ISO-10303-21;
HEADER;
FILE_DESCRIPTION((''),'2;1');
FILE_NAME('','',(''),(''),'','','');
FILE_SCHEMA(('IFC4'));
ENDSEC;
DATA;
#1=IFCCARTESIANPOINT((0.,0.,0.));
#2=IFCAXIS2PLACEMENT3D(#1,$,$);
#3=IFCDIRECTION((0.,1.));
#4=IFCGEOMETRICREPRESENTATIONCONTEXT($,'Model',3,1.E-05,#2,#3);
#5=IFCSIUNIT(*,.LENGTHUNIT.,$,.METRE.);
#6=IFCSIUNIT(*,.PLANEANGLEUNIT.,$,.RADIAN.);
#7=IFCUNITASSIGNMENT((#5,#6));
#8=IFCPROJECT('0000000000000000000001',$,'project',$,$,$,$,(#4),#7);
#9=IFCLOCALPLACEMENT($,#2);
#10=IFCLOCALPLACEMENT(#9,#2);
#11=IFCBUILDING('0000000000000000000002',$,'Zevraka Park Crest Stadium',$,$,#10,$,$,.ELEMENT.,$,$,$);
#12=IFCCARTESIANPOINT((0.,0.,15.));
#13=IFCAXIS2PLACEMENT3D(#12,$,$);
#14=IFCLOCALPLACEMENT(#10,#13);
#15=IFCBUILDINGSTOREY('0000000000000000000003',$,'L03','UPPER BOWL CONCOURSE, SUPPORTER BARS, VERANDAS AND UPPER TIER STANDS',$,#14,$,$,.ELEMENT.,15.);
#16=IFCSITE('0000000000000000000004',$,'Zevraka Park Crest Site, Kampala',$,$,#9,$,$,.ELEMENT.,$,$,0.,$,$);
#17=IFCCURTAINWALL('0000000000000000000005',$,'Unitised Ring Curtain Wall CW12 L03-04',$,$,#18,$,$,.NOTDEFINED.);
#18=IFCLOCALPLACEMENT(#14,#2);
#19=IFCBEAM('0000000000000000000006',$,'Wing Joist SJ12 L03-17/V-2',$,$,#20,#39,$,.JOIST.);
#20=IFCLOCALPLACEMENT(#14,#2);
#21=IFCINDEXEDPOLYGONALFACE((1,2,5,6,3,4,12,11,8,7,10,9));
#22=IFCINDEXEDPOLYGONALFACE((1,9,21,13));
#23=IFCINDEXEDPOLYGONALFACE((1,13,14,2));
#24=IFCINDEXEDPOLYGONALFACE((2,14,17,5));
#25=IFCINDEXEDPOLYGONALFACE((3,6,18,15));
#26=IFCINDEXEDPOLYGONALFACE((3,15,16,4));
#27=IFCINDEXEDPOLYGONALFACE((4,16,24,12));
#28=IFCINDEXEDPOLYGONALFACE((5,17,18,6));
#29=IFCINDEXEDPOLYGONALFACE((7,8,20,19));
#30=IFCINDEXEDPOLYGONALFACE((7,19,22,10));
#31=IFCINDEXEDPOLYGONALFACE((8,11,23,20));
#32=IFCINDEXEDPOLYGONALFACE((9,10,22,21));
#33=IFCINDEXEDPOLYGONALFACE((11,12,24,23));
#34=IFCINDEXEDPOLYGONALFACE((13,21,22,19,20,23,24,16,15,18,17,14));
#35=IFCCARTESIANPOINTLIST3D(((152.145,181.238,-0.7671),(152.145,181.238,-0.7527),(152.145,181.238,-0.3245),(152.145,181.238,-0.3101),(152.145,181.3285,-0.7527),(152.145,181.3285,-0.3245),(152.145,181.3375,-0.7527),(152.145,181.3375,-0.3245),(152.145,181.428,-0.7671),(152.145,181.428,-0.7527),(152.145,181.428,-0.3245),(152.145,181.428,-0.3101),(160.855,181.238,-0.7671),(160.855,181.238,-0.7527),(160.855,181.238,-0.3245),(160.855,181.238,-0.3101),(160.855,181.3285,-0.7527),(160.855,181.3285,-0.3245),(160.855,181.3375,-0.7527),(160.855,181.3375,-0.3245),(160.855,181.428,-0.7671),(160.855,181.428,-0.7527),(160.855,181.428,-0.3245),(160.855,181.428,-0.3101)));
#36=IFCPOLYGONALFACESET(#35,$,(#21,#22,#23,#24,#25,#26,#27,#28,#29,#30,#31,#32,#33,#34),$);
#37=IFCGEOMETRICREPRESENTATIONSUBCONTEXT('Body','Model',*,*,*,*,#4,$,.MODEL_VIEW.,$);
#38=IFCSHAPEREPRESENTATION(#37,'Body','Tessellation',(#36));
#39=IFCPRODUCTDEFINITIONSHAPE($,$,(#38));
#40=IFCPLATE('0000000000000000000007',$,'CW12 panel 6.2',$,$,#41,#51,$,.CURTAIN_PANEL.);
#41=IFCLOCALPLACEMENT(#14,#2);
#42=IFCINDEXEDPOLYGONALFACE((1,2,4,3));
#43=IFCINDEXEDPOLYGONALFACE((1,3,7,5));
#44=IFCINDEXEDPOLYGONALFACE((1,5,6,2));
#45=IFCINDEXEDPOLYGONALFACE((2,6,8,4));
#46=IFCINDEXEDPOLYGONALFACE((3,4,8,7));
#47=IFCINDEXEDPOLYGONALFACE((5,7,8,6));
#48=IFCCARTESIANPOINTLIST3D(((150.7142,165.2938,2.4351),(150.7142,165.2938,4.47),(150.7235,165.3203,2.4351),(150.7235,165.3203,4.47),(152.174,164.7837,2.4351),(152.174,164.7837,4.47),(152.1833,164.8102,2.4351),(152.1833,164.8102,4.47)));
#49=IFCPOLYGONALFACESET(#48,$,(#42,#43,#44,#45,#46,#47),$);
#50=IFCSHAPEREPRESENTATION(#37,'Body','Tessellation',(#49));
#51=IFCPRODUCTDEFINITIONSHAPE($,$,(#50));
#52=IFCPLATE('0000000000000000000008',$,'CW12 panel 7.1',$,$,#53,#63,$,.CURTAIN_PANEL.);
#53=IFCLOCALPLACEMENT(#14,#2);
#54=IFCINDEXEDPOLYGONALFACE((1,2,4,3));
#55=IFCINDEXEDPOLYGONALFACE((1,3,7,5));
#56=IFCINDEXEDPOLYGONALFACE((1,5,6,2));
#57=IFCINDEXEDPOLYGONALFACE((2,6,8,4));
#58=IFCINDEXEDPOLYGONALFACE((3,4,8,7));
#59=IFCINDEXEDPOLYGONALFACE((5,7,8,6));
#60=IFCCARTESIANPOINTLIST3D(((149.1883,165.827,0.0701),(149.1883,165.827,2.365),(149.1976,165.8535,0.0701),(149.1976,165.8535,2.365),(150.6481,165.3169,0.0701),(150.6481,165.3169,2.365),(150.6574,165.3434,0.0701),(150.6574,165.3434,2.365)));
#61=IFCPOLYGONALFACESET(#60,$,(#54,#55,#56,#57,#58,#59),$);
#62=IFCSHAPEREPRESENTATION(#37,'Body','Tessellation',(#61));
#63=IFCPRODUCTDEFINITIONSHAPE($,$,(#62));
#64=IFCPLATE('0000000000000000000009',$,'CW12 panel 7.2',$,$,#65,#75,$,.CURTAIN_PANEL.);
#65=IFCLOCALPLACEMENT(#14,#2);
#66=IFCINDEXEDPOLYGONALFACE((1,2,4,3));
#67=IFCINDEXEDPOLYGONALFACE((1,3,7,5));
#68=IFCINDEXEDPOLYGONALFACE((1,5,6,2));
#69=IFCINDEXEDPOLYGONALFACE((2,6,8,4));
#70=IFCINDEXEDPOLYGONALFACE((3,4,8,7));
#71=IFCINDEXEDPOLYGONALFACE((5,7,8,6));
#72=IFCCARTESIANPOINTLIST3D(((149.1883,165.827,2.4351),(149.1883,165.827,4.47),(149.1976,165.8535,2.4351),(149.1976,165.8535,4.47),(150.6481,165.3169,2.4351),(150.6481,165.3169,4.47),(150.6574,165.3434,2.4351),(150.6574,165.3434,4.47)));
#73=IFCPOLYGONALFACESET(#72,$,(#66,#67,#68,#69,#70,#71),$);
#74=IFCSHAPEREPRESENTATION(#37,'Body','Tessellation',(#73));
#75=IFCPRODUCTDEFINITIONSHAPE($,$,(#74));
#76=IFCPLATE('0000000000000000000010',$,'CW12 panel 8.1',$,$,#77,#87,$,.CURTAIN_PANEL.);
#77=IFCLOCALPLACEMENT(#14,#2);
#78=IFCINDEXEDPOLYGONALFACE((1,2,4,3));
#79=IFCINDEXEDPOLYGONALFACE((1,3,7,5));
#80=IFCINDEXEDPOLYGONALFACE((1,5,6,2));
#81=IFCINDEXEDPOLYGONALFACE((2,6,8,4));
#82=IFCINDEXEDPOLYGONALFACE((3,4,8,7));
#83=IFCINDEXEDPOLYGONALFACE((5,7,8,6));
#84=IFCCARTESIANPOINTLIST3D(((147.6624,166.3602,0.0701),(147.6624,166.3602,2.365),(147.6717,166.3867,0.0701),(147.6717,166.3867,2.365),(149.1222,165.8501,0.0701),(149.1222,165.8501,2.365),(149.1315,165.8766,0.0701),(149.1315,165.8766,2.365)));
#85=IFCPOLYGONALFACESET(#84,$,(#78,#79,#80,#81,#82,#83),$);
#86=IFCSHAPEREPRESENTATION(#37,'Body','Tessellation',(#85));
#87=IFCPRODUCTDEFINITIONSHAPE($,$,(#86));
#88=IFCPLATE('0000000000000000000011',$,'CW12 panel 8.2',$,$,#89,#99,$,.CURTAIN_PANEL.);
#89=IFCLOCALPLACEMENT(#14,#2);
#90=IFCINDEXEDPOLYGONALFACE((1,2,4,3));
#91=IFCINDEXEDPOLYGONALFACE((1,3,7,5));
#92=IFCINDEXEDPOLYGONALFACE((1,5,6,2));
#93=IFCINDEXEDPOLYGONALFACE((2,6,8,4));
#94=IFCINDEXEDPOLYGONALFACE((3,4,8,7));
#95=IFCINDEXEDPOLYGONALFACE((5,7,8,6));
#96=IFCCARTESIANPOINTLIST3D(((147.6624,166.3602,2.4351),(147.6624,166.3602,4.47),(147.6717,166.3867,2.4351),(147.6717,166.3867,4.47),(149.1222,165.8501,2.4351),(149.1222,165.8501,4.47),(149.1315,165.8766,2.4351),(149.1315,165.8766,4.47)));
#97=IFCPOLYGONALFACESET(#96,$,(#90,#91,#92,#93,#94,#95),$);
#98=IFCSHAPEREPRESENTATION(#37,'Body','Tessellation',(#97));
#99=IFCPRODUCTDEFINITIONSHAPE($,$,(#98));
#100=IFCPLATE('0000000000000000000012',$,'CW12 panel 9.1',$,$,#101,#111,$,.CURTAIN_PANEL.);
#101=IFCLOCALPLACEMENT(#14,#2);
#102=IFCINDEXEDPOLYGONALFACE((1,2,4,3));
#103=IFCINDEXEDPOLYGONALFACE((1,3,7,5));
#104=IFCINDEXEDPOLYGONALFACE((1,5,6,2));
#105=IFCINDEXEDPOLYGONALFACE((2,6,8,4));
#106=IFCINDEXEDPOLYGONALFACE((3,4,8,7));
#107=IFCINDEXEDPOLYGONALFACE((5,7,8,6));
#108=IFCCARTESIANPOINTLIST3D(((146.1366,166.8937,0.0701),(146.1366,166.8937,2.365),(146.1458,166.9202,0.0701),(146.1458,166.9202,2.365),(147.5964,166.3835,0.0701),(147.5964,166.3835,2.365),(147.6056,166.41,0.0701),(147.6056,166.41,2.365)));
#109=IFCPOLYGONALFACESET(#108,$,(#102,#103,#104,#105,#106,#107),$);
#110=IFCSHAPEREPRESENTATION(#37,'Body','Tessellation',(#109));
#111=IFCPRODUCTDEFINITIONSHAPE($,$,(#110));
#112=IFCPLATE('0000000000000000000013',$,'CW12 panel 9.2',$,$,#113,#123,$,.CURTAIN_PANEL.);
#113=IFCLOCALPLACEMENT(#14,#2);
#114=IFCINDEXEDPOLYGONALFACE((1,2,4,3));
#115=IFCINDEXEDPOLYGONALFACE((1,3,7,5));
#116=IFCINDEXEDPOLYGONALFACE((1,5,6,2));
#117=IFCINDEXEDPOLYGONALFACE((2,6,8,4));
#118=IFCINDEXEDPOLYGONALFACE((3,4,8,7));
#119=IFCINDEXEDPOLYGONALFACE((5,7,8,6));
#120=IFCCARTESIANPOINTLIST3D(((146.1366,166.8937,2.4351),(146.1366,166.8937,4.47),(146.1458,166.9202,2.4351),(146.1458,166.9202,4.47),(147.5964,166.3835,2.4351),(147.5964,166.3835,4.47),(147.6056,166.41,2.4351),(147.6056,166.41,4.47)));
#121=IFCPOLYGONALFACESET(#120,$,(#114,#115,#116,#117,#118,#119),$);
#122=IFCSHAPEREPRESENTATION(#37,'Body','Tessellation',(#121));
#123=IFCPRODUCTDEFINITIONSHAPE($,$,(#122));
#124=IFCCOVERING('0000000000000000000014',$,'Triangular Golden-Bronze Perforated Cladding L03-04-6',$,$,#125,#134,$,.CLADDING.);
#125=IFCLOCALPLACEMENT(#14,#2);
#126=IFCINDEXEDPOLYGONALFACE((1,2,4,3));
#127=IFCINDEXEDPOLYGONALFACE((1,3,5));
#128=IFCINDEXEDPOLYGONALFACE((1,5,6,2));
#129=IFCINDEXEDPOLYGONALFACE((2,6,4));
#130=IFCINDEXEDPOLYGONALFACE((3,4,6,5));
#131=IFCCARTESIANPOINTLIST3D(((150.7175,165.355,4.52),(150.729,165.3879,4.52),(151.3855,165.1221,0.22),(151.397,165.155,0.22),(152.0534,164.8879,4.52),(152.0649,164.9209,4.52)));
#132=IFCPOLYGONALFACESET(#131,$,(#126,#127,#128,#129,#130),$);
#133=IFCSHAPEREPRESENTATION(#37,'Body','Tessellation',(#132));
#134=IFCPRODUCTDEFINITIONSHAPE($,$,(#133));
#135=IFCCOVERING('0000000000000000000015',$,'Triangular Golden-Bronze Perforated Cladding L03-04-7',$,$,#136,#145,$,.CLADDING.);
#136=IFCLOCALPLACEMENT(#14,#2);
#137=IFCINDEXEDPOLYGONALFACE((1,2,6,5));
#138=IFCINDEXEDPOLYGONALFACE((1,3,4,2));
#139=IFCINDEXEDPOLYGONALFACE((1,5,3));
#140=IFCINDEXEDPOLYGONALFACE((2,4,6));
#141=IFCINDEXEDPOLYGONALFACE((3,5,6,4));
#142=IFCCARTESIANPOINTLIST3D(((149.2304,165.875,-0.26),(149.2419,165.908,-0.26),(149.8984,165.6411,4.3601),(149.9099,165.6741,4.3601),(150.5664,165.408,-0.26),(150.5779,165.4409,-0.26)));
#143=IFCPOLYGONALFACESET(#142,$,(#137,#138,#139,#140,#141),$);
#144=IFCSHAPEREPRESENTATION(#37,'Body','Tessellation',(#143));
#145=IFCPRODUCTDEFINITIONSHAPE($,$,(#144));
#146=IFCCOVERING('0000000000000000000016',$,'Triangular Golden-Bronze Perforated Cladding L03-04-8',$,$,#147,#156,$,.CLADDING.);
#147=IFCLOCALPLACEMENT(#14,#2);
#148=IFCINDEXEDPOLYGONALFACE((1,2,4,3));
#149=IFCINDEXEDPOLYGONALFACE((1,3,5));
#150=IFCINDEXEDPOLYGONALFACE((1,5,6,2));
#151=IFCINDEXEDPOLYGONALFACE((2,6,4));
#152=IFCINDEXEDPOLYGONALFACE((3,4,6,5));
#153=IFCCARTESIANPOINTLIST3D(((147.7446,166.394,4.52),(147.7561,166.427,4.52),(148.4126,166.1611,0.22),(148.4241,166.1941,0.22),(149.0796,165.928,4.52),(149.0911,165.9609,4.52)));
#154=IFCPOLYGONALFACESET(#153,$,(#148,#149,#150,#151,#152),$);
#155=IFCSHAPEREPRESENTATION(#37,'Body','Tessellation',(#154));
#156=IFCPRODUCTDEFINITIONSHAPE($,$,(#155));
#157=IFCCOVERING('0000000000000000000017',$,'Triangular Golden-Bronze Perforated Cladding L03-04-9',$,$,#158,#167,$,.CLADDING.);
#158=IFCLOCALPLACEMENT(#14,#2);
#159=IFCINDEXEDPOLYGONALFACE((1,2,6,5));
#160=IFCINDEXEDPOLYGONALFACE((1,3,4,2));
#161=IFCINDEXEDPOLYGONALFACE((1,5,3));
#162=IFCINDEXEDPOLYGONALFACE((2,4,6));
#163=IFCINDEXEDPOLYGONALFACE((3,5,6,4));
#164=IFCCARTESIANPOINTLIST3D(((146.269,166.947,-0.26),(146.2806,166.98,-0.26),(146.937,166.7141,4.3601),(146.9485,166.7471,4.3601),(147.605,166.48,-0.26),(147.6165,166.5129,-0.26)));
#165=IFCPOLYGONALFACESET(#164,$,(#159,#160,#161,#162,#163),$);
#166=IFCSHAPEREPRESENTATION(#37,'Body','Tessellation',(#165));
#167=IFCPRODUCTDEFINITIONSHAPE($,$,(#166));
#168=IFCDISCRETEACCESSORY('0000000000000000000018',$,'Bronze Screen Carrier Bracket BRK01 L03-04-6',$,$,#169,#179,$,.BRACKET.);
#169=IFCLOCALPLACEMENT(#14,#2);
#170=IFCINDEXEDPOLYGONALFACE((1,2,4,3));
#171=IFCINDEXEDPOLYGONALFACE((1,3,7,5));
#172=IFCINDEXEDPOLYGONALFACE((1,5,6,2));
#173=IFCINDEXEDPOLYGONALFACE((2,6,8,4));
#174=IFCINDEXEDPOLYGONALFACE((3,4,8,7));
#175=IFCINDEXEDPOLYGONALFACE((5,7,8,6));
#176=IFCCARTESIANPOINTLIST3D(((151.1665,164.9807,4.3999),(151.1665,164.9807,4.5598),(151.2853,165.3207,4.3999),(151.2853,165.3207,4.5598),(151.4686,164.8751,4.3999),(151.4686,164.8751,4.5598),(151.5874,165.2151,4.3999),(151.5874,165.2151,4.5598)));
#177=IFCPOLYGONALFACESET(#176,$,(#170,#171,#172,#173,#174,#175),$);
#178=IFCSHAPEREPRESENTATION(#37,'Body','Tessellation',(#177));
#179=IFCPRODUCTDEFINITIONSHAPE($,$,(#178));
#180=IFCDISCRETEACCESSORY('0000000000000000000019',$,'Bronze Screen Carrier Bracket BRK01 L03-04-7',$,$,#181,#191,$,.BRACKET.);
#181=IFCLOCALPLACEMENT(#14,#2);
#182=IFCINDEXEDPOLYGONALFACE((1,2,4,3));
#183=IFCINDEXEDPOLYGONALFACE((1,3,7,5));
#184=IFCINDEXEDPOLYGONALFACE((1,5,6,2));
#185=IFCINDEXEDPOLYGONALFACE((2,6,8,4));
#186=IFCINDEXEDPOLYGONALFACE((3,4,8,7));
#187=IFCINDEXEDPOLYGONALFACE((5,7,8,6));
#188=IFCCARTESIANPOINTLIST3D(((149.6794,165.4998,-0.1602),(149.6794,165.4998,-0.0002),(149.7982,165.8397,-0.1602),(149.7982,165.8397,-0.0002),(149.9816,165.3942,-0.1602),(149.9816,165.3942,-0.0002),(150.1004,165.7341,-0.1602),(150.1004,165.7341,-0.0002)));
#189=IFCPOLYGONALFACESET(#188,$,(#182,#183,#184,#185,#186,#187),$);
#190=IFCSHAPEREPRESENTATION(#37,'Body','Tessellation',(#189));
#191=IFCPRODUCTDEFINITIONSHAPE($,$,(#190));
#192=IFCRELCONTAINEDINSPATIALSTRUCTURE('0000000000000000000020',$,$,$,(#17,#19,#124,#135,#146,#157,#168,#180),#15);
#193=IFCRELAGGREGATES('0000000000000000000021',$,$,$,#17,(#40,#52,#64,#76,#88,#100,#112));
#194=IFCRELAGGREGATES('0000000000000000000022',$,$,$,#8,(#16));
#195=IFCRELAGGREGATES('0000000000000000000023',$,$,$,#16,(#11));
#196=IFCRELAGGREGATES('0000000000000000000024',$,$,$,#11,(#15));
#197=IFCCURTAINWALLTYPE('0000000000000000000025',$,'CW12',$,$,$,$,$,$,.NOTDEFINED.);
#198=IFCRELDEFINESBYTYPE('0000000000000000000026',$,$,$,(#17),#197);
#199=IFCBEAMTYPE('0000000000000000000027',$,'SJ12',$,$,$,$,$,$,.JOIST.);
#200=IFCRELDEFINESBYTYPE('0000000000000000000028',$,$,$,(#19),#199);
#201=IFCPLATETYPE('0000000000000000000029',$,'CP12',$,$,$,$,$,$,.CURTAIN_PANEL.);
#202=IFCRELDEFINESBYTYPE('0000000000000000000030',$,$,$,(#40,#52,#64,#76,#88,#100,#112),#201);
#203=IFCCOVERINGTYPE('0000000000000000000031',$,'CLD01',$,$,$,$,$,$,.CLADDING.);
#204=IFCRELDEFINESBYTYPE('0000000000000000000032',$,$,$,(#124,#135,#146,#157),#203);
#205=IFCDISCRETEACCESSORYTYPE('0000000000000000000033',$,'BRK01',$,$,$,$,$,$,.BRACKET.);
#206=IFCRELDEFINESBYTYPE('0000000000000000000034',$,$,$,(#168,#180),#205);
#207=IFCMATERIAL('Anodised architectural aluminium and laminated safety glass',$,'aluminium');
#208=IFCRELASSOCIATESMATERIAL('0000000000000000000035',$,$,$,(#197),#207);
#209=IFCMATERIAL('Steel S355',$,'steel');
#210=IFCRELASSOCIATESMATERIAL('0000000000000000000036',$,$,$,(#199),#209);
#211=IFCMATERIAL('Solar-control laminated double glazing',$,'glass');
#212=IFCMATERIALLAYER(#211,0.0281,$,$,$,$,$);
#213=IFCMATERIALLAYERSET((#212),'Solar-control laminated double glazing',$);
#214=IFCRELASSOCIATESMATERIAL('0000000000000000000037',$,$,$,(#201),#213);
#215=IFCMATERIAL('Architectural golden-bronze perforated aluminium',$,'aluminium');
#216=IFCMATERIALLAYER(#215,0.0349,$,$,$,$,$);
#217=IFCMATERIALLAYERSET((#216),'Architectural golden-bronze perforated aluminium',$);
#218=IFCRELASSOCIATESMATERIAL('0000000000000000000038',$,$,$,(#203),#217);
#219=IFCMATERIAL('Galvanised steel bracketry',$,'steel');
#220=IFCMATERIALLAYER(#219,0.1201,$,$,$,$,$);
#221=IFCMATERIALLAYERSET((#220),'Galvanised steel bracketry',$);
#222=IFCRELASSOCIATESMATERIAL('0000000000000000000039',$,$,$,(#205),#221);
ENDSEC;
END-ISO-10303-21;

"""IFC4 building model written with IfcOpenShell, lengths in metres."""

from ifc_helpers import new_model, si_unit, direction, frame, origin, origin_2d, place, context, subcontext, project, spatial, polyline, rectangle, i_section, outline, extrude, material, layer, layer_set, material_profile, profile_set, type_object, element, aggregate, save


model = new_model("IFC4")

# Units and contexts
model_context = context("Model", 3, precision=1e-05, world=origin(), true_north=direction((0.0, 1.0)))
body_context = subcontext(model_context, "Body", "Model", "MODEL_VIEW")
ifc_project = project(units=[si_unit("LENGTHUNIT", "METRE"), si_unit("PLANEANGLEUNIT", "RADIAN")], contexts=[model_context])

# Site, building, storey
site_placement = place(None, origin())
site = spatial("IfcSite", under=ifc_project, at=site_placement, Name="Zevraka Park Crest Site, Kampala", CompositionType="ELEMENT", RefElevation=0.0)
building_placement = place(site_placement, origin())
building = spatial("IfcBuilding", under=site, at=building_placement, Name="Zevraka Park Crest Stadium", CompositionType="ELEMENT")
storey_placement = place(building_placement, frame((0.0, 0.0, 15.0)))
storey = spatial("IfcBuildingStorey", under=building, at=storey_placement, Name="L03", Description="UPPER BOWL CONCOURSE, SUPPORTER BARS, VERANDAS AND UPPER TIER STANDS", CompositionType="ELEMENT", Elevation=15.0)

# Curtain wall
ifc_material_1 = material(Name="Anodised architectural aluminium and laminated safety glass", Category="aluminium")
curtain_wall_type = type_object("IfcCurtainWallType", Name="CW12", PredefinedType="NOTDEFINED", material=ifc_material_1)
curtain_wall_placement = place(storey_placement, origin())
curtain_wall = element("IfcCurtainWall", 1, at=curtain_wall_placement, inside=storey, type_object=curtain_wall_type, Name="Unitised Ring Curtain Wall CW12 L03-04", PredefinedType="NOTDEFINED")

# Beam
ifc_material_2 = material(Name="Steel S355", Category="steel")
ifc_material_profile_1 = material_profile(ifc_material_2, i_section(OverallWidth=0.1899, OverallDepth=0.457, WebThickness=0.009, FlangeThickness=0.0144, at=origin_2d()), Name="UKB 457x191x74")
ifc_profile_set_1 = profile_set([ifc_material_profile_1], Name="Steel S355")
beam_type_1 = type_object("IfcBeamType", Name="SJ12", PredefinedType="JOIST", material=ifc_profile_set_1)
for number, where, z_axis, x_axis, name in (
    (2, (152.145, 181.333, -0.5386), (1.0, 0.0, 0.0), (0.0, 1.0, 0.0), "Wing Joist SJ12 L03-17/V-2"),
):
    element("IfcBeam", number, at=place(storey_placement, frame(where, z_axis=z_axis, x_axis=x_axis)), inside=storey, type_object=beam_type_1, Name=name, PredefinedType="JOIST", context=body_context, shape_type="SweptSolid", body=[
        extrude(i_section(OverallWidth=0.1899, OverallDepth=0.457, WebThickness=0.009, FlangeThickness=0.0144, at=origin_2d()), origin(), (0.0, 0.0, 1.0), 8.71),
    ])

# Plates
ifc_material_3 = material(Name="Solar-control laminated double glazing", Category="glass")
ifc_layer_1 = layer(ifc_material_3, 0.0281)
ifc_layer_set_1 = layer_set([ifc_layer_1], Name="Solar-control laminated double glazing")
plate_type = type_object("IfcPlateType", Name="CP12", PredefinedType="CURTAIN_PANEL", material=ifc_layer_set_1)
plate_1_placement = place(storey_placement, frame((151.4487, 165.052, 2.4351), z_axis=(0.0, 0.0, 1.0), x_axis=(-0.94401, 0.329917, 0.0)))
plate_1 = element("IfcPlate", 3, at=plate_1_placement, type_object=plate_type, Name="CW12 panel 6.2", PredefinedType="CURTAIN_PANEL", context=body_context, shape_type="SweptSolid", body=[
    extrude(rectangle(XDim=1.5464, YDim=0.0281, at=origin_2d()), origin(), (0.0, 0.0, 1.0), 2.0349),
])
plate_2_placement = place(storey_placement, frame((149.9229, 165.5852, 0.0701), z_axis=(0.0, 0.0, 1.0), x_axis=(-0.94401, 0.329917, 0.0)))
plate_2 = element("IfcPlate", 4, at=plate_2_placement, type_object=plate_type, Name="CW12 panel 7.1", PredefinedType="CURTAIN_PANEL", context=body_context, shape_type="SweptSolid", body=[
    extrude(rectangle(XDim=1.5464, YDim=0.0281, at=origin_2d()), origin(), (0.0, 0.0, 1.0), 2.2949),
])
plate_3_placement = place(storey_placement, frame((149.9229, 165.5852, 2.4351), z_axis=(0.0, 0.0, 1.0), x_axis=(-0.94401, 0.329917, 0.0)))
plate_3 = element("IfcPlate", 5, at=plate_3_placement, type_object=plate_type, Name="CW12 panel 7.2", PredefinedType="CURTAIN_PANEL", context=body_context, shape_type="SweptSolid", body=[
    extrude(rectangle(XDim=1.5464, YDim=0.0281, at=origin_2d()), origin(), (0.0, 0.0, 1.0), 2.0349),
])
plate_4_placement = place(storey_placement, frame((148.397, 166.1184, 0.0701), z_axis=(0.0, 0.0, 1.0), x_axis=(-0.94401, 0.329917, 0.0)))
plate_4 = element("IfcPlate", 6, at=plate_4_placement, type_object=plate_type, Name="CW12 panel 8.1", PredefinedType="CURTAIN_PANEL", context=body_context, shape_type="SweptSolid", body=[
    extrude(rectangle(XDim=1.5464, YDim=0.0281, at=origin_2d()), origin(), (0.0, 0.0, 1.0), 2.2949),
])
plate_5_placement = place(storey_placement, frame((148.397, 166.1184, 2.4351), z_axis=(0.0, 0.0, 1.0), x_axis=(-0.94401, 0.329917, 0.0)))
plate_5 = element("IfcPlate", 7, at=plate_5_placement, type_object=plate_type, Name="CW12 panel 8.2", PredefinedType="CURTAIN_PANEL", context=body_context, shape_type="SweptSolid", body=[
    extrude(rectangle(XDim=1.5464, YDim=0.0281, at=origin_2d()), origin(), (0.0, 0.0, 1.0), 2.0349),
])
plate_6_placement = place(storey_placement, frame((146.8711, 166.6519, 0.0701), z_axis=(0.0, 0.0, 1.0), x_axis=(-0.94401, 0.329917, 0.0)))
plate_6 = element("IfcPlate", 8, at=plate_6_placement, type_object=plate_type, Name="CW12 panel 9.1", PredefinedType="CURTAIN_PANEL", context=body_context, shape_type="SweptSolid", body=[
    extrude(rectangle(XDim=1.5464, YDim=0.0281, at=origin_2d()), origin(), (0.0, 0.0, 1.0), 2.2949),
])
plate_7_placement = place(storey_placement, frame((146.8711, 166.6519, 2.4351), z_axis=(0.0, 0.0, 1.0), x_axis=(-0.94401, 0.329917, 0.0)))
plate_7 = element("IfcPlate", 9, at=plate_7_placement, type_object=plate_type, Name="CW12 panel 9.2", PredefinedType="CURTAIN_PANEL", context=body_context, shape_type="SweptSolid", body=[
    extrude(rectangle(XDim=1.5464, YDim=0.0281, at=origin_2d()), origin(), (0.0, 0.0, 1.0), 2.0349),
])
aggregate(curtain_wall, [plate_1, plate_2, plate_3, plate_4, plate_5, plate_6, plate_7])

# Coverings
ifc_material_4 = material(Name="Architectural golden-bronze perforated aluminium", Category="aluminium")
ifc_layer_2 = layer(ifc_material_4, 0.0349)
ifc_layer_set_2 = layer_set([ifc_layer_2], Name="Architectural golden-bronze perforated aluminium")
covering_type = type_object("IfcCoveringType", Name="CLD01", PredefinedType="CLADDING", material=ifc_layer_set_2)
covering_1_placement = place(storey_placement, frame((150.729, 165.3879, 4.52), z_axis=(0.330012, 0.943977, 0.000134), x_axis=(0.943977, -0.330012, 0.0)))
element("IfcCovering", 10, at=covering_1_placement, inside=storey, type_object=covering_type, Name="Triangular Golden-Bronze Perforated Cladding L03-04-6", PredefinedType="CLADDING", context=body_context, shape_type="SweptSolid", body=[
    extrude(outline(polyline([(0.0, 0.0), (1.4152, 0.0), (0.7074, 4.3), (0.0, 0.0)])), origin(), (0.0, 0.0, -1.0), 0.0349),
])
covering_2_placement = place(storey_placement, frame((150.5779, 165.4409, -0.26), z_axis=(0.330012, 0.943977, 0.000075), x_axis=(-0.943977, 0.330012, 0.0)))
element("IfcCovering", 11, at=covering_2_placement, inside=storey, type_object=covering_type, Name="Triangular Golden-Bronze Perforated Cladding L03-04-7", PredefinedType="CLADDING", context=body_context, shape_type="SweptSolid", body=[
    extrude(outline(polyline([(0.0, 0.0), (1.4152, 0.0), (0.7075, 4.6201), (0.0, 0.0)])), origin(), (0.0, 0.0, -1.0), 0.0349),
])
covering_3_placement = place(storey_placement, frame((147.7561, 166.427, 4.52), z_axis=(0.329612, 0.944116, 0.000064), x_axis=(0.944116, -0.329612, 0.0)))
element("IfcCovering", 12, at=covering_3_placement, inside=storey, type_object=covering_type, Name="Triangular Golden-Bronze Perforated Cladding L03-04-8", PredefinedType="CLADDING", context=body_context, shape_type="SweptSolid", body=[
    extrude(outline(polyline([(0.0, 0.0), (1.414, 0.0), (0.7074, 4.3), (0.0, 0.0)])), origin(), (0.0, 0.0, -1.0), 0.0349),
])
covering_4_placement = place(storey_placement, frame((147.605, 166.48, -0.26), z_axis=(-0.330012, -0.943977, 0.000125), x_axis=(-0.943977, 0.330012, 0.0)))
element("IfcCovering", 13, at=covering_4_placement, inside=storey, type_object=covering_type, Name="Triangular Golden-Bronze Perforated Cladding L03-04-9", PredefinedType="CLADDING", context=body_context, shape_type="SweptSolid", body=[
    extrude(outline(polyline([(0.0, 0.0), (1.4152, 0.0), (0.7078, -4.6201), (0.0, 0.0)])), origin(), (0.0, 0.0, -1.0), 0.0349),
])

# Discrete accessories
ifc_material_5 = material(Name="Galvanised steel bracketry", Category="steel")
ifc_layer_3 = layer(ifc_material_5, 0.1201)
ifc_layer_set_3 = layer_set([ifc_layer_3], Name="Galvanised steel bracketry")
discrete_accessory_type = type_object("IfcDiscreteAccessoryType", Name="BRK01", PredefinedType="BRACKET", material=ifc_layer_set_3)
for number, where, z_axis, x_axis, name in (
    (14, (151.377, 165.0979, 4.3999), (0.0, 0.0, 1.0), (-0.944031, 0.329855, 0.0), "Bronze Screen Carrier Bracket BRK01 L03-04-6"),
    (15, (149.8899, 165.6169, -0.1602), (0.0, 0.0, 1.0), (-0.944031, 0.329855, 0.0), "Bronze Screen Carrier Bracket BRK01 L03-04-7"),
):
    element("IfcDiscreteAccessory", number, at=place(storey_placement, frame(where, z_axis=z_axis, x_axis=x_axis)), inside=storey, type_object=discrete_accessory_type, Name=name, PredefinedType="BRACKET", context=body_context, shape_type="SweptSolid", body=[
        extrude(rectangle(XDim=0.3201, YDim=0.3601, at=origin_2d()), origin(), (0.0, 0.0, 1.0), 0.1599),
    ])

save(model, "model.ifc")
